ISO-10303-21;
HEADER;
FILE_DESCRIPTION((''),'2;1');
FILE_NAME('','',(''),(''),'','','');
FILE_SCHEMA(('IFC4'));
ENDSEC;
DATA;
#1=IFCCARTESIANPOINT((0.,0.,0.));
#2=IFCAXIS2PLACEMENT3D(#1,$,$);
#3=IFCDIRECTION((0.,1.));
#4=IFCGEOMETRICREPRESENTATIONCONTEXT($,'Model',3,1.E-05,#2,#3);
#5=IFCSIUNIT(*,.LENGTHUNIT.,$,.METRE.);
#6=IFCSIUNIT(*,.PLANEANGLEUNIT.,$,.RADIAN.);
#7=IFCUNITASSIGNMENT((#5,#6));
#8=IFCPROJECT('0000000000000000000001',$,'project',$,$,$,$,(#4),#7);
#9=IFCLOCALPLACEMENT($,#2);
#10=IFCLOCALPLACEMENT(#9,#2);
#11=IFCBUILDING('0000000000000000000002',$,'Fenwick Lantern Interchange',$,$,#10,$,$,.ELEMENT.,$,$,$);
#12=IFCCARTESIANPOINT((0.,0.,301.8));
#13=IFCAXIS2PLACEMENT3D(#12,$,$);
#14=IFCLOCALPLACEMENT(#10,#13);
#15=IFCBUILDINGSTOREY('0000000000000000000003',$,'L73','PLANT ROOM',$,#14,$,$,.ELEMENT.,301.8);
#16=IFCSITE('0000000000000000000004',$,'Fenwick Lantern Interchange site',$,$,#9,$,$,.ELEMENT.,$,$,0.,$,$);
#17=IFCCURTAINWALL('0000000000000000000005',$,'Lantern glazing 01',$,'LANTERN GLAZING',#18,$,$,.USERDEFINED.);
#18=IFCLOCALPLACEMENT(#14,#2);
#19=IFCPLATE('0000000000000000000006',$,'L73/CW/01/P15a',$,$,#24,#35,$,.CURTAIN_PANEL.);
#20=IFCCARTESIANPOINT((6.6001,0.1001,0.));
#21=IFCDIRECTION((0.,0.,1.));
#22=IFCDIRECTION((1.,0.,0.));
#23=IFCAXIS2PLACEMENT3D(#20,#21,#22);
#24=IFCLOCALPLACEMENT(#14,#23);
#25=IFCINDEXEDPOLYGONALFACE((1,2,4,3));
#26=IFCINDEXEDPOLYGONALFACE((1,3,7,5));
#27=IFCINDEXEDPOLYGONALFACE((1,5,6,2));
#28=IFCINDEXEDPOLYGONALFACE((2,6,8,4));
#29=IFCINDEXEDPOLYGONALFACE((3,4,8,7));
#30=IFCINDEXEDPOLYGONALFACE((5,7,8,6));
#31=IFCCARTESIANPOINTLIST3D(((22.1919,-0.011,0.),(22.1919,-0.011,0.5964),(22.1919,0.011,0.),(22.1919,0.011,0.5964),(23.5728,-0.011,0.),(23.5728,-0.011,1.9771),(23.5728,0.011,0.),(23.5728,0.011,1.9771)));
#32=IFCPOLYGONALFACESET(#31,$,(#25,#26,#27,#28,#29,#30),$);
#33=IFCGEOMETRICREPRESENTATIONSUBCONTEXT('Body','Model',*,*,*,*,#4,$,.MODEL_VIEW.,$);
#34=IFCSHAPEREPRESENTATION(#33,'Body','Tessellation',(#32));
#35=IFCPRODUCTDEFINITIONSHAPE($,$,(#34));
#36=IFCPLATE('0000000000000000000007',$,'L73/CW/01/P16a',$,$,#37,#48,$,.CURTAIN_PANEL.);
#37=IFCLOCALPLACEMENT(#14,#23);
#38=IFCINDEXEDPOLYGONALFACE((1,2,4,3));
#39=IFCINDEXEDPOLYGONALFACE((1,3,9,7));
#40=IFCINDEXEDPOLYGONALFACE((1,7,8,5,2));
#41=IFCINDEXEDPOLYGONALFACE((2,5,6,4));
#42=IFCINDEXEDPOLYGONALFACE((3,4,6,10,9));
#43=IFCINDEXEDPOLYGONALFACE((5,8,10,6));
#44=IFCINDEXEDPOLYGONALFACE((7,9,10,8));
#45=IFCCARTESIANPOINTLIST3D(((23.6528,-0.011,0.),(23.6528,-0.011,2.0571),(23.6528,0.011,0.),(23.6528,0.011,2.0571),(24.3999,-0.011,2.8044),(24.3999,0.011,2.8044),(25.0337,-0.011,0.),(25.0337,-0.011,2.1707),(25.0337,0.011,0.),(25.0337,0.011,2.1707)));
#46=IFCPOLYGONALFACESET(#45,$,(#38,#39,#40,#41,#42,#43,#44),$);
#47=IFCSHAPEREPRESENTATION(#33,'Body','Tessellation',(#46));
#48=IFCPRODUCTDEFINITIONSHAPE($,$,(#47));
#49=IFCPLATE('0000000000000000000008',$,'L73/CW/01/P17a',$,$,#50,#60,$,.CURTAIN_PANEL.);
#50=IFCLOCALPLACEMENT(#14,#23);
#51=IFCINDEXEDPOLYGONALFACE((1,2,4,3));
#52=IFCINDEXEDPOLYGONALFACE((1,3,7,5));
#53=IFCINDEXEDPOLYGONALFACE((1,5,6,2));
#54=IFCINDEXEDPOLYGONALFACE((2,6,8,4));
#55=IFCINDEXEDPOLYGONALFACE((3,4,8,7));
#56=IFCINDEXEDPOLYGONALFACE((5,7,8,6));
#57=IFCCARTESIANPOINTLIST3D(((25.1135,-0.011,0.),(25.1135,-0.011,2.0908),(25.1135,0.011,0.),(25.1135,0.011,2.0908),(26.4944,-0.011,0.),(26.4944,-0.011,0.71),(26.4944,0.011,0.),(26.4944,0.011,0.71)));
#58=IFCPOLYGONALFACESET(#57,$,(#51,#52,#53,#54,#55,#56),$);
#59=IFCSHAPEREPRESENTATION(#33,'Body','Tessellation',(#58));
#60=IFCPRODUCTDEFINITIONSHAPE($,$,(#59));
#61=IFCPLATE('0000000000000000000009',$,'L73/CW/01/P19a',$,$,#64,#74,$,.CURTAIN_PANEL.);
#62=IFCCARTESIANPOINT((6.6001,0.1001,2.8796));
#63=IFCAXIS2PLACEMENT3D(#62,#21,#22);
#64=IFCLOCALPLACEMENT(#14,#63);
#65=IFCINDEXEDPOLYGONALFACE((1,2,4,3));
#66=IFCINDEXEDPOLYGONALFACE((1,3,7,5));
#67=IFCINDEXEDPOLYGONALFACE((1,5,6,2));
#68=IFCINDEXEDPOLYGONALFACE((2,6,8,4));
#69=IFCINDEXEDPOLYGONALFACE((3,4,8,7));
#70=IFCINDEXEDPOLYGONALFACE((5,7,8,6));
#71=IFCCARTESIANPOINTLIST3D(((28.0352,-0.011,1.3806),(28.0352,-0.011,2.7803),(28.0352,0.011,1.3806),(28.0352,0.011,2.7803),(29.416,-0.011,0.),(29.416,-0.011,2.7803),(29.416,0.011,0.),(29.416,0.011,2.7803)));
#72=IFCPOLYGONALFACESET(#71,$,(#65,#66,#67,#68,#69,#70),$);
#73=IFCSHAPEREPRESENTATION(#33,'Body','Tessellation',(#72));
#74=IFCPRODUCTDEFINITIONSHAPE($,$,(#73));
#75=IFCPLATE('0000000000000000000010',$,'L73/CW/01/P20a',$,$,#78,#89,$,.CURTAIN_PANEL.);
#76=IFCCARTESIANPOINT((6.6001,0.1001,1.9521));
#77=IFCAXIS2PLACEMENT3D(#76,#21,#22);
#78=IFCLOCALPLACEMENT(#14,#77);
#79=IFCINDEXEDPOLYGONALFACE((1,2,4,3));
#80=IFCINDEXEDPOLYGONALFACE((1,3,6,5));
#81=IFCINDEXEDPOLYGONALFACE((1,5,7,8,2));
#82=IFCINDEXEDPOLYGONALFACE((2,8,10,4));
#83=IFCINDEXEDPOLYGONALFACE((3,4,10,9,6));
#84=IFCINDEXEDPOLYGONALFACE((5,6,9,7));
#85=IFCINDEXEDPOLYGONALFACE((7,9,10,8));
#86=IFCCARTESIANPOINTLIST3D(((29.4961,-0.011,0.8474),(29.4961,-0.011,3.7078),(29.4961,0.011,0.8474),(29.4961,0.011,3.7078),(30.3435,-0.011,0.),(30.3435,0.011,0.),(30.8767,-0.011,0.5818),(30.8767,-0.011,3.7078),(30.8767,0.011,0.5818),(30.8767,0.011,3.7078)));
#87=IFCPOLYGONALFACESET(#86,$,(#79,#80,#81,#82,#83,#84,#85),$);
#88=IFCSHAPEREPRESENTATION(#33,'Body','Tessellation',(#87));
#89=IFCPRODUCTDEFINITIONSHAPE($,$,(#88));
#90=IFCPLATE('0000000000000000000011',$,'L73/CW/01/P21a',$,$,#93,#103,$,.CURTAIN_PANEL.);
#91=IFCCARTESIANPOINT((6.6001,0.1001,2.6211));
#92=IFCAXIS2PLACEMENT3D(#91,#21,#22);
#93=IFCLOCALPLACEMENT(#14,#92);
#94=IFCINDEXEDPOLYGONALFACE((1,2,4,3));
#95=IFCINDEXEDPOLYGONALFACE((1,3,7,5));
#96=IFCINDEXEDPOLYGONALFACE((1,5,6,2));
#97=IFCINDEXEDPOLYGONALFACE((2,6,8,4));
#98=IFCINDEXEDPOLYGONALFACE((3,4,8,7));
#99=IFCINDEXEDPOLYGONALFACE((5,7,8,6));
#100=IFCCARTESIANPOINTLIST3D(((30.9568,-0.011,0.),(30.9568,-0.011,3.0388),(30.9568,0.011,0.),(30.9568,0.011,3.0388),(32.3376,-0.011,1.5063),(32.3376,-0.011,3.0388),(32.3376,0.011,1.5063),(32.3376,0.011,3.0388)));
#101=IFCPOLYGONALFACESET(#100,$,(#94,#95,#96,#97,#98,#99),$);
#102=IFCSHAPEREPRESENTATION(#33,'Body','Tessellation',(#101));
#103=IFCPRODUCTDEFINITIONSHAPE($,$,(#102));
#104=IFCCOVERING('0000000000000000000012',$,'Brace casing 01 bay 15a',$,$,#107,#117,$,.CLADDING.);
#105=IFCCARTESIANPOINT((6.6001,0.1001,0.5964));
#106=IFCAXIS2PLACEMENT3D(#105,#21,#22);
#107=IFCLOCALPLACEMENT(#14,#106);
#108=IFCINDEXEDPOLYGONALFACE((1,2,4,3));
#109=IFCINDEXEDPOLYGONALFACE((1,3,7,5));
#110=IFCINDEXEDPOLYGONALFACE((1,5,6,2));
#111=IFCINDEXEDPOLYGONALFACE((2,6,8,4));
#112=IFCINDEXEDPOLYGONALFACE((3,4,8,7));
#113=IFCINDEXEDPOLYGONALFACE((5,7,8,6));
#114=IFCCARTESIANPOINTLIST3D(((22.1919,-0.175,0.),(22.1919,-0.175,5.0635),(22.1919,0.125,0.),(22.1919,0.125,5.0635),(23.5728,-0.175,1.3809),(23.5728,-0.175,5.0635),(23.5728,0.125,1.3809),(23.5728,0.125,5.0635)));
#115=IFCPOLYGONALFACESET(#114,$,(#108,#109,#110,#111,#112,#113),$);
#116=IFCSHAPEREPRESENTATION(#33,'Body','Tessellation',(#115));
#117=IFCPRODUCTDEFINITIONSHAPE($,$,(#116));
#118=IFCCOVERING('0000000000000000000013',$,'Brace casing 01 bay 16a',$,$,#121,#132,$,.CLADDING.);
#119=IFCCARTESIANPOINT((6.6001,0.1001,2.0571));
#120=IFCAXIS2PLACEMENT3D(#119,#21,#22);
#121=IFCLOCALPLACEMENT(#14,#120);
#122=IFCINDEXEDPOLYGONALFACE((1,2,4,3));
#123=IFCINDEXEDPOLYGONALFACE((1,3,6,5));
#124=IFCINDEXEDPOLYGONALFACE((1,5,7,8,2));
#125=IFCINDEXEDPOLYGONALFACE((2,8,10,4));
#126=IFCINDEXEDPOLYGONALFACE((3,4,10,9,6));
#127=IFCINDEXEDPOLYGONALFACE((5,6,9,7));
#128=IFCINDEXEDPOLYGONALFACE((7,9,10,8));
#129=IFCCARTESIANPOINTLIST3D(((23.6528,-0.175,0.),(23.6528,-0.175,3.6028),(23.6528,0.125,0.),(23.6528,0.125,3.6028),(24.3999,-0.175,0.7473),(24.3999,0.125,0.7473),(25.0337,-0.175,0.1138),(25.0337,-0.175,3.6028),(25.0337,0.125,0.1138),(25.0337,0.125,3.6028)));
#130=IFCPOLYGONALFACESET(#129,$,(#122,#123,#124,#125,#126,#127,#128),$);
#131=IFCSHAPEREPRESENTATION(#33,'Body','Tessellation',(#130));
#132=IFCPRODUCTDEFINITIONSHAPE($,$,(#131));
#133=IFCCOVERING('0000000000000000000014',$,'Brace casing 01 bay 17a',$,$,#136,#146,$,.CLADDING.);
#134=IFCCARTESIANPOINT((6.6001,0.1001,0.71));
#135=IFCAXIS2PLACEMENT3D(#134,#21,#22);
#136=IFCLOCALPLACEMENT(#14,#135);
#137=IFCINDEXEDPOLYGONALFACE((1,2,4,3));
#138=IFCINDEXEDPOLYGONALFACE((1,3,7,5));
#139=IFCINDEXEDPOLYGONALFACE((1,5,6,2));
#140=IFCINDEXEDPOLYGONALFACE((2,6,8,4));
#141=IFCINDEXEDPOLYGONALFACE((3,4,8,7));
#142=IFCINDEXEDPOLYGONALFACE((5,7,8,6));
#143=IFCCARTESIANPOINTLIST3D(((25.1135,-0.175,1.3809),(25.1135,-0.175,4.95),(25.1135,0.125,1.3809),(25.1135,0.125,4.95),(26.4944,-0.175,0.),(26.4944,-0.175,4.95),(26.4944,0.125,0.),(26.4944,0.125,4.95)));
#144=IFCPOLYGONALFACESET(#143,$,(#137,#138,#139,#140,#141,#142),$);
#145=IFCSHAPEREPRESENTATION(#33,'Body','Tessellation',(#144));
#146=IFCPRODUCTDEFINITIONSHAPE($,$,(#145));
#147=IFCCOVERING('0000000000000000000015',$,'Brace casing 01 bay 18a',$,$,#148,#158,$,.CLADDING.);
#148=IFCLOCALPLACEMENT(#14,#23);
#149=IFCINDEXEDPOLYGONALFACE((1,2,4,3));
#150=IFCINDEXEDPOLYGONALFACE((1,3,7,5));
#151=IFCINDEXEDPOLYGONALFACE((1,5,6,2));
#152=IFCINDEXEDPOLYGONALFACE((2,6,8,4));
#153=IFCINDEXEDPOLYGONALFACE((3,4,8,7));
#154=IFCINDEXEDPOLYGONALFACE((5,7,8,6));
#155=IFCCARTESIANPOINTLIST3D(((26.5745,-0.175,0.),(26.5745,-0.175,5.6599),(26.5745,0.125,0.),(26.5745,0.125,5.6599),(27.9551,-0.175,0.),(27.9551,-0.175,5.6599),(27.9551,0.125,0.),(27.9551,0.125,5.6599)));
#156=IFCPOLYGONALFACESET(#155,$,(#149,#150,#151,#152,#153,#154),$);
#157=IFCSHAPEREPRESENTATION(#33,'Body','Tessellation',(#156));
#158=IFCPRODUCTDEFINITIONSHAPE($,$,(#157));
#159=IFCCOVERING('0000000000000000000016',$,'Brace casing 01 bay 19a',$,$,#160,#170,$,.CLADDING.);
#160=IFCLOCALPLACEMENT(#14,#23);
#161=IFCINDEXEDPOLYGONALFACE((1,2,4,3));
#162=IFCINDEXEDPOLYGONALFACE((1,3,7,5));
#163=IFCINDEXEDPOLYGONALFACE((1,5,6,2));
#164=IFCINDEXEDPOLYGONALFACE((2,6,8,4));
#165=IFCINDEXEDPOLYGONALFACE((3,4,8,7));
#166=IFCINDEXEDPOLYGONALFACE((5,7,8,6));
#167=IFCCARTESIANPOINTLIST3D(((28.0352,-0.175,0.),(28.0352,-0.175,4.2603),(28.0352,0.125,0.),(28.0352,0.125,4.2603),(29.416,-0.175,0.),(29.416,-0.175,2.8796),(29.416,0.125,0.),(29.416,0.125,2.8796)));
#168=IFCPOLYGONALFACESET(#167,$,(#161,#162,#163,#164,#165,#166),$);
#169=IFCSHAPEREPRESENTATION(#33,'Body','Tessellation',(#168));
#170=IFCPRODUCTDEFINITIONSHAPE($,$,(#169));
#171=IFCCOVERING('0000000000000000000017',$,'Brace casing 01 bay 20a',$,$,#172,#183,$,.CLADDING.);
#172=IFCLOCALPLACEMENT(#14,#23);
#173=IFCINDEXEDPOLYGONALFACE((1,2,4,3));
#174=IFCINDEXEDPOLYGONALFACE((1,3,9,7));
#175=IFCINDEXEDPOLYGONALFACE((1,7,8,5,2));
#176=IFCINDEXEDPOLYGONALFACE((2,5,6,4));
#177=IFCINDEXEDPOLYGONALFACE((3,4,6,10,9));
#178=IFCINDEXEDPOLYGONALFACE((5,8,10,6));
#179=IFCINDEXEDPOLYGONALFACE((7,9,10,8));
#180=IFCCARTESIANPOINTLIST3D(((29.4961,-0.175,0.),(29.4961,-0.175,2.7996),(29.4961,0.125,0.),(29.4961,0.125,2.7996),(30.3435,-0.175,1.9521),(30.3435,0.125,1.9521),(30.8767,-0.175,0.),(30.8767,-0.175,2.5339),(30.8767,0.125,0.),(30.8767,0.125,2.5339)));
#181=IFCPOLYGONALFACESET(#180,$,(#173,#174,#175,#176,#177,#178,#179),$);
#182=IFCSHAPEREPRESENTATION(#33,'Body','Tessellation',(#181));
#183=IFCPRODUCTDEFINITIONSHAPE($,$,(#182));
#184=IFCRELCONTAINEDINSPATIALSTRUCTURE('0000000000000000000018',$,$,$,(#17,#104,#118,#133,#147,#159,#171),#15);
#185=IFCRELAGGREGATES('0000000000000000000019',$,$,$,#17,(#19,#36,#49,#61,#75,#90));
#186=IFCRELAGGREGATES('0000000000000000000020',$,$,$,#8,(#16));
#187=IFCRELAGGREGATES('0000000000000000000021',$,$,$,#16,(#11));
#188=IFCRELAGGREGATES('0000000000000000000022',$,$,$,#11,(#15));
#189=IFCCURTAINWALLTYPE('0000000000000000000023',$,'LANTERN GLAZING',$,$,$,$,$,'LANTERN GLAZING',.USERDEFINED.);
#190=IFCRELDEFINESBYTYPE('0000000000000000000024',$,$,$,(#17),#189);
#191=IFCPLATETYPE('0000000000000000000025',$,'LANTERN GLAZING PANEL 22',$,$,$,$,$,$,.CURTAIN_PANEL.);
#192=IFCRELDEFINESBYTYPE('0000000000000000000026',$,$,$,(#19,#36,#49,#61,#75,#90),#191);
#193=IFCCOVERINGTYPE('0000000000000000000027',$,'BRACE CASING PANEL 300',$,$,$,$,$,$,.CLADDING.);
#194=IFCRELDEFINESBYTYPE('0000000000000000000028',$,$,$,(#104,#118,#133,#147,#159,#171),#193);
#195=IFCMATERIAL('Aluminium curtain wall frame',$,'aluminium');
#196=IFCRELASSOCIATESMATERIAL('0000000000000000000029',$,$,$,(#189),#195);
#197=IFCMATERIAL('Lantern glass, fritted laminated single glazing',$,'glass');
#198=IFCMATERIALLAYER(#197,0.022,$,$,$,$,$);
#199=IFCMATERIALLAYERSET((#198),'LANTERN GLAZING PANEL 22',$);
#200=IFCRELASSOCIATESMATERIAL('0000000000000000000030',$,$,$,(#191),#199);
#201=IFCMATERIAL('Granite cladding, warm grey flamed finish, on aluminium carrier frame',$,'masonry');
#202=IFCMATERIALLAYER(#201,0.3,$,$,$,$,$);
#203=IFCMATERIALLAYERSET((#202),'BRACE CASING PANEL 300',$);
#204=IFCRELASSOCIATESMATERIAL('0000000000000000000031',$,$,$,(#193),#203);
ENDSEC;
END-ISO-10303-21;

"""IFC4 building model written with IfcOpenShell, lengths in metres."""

from ifc_helpers import new_model, si_unit, direction, frame, origin, place, context, subcontext, project, spatial, polyline, outline, extrude, material, layer, layer_set, type_object, element, aggregate, save


model = new_model("IFC4")

# Units and contexts
model_context = context("Model", 3, precision=1e-05, world=origin(), true_north=direction((0.0, 1.0)))
body_context = subcontext(model_context, "Body", "Model", "MODEL_VIEW")
ifc_project = project(units=[si_unit("LENGTHUNIT", "METRE"), si_unit("PLANEANGLEUNIT", "RADIAN")], contexts=[model_context])

# Site, building, storey
site_placement = place(None, origin())
site = spatial("IfcSite", under=ifc_project, at=site_placement, Name="Fenwick Lantern Interchange site", CompositionType="ELEMENT", RefElevation=0.0)
building_placement = place(site_placement, origin())
building = spatial("IfcBuilding", under=site, at=building_placement, Name="Fenwick Lantern Interchange", CompositionType="ELEMENT")
storey_placement = place(building_placement, frame((0.0, 0.0, 301.8)))
storey = spatial("IfcBuildingStorey", under=building, at=storey_placement, Name="L73", Description="PLANT ROOM", CompositionType="ELEMENT", Elevation=301.8)

# Curtain wall
ifc_material_1 = material(Name="Aluminium curtain wall frame", Category="aluminium")
curtain_wall_type = type_object("IfcCurtainWallType", Name="LANTERN GLAZING", ElementType="LANTERN GLAZING", PredefinedType="USERDEFINED", material=ifc_material_1)
curtain_wall_1_placement = place(storey_placement, origin())
curtain_wall_1 = element("IfcCurtainWall", 1, at=curtain_wall_1_placement, inside=storey, type_object=curtain_wall_type, Name="Lantern glazing 01", ObjectType="LANTERN GLAZING", PredefinedType="USERDEFINED")

# Plates
ifc_material_2 = material(Name="Lantern glass, fritted laminated single glazing", Category="glass")
ifc_layer_1 = layer(ifc_material_2, 0.022)
ifc_layer_set_1 = layer_set([ifc_layer_1], Name="LANTERN GLAZING PANEL 22")
plate_type = type_object("IfcPlateType", Name="LANTERN GLAZING PANEL 22", PredefinedType="CURTAIN_PANEL", material=ifc_layer_set_1)
plate_1_placement = place(storey_placement, frame((6.6001, 0.1001, 0.0), z_axis=(0.0, 0.0, 1.0), x_axis=(1.0, 0.0, 0.0)))
plate_1 = element("IfcPlate", 2, at=plate_1_placement, type_object=plate_type, Name="L73/CW/01/P15a", PredefinedType="CURTAIN_PANEL", context=body_context, shape_type="SweptSolid", body=[
    extrude(outline(polyline([(22.1919, 0.0), (23.5728, 0.0), (23.5728, 1.9771), (22.1919, 0.5964), (22.1919, 0.0)])), frame((0.0, 0.011, 0.0), z_axis=(0.0, -1.0, 0.0), x_axis=(1.0, 0.0, 0.0)), (0.0, 0.0, 1.0), 0.022),
])
plate_2_placement = place(storey_placement, frame((6.6001, 0.1001, 0.0), z_axis=(0.0, 0.0, 1.0), x_axis=(1.0, 0.0, 0.0)))
plate_2 = element("IfcPlate", 3, at=plate_2_placement, type_object=plate_type, Name="L73/CW/01/P16a", PredefinedType="CURTAIN_PANEL", context=body_context, shape_type="SweptSolid", body=[
    extrude(outline(polyline([(23.6528, 0.0), (25.0337, 0.0), (25.0337, 2.1707), (24.3999, 2.8044), (23.6528, 2.0571), (23.6528, 0.0)])), frame((0.0, 0.011, 0.0), z_axis=(0.0, -1.0, 0.0), x_axis=(1.0, 0.0, 0.0)), (0.0, 0.0, 1.0), 0.022),
])
plate_3_placement = place(storey_placement, frame((6.6001, 0.1001, 0.0), z_axis=(0.0, 0.0, 1.0), x_axis=(1.0, 0.0, 0.0)))
plate_3 = element("IfcPlate", 4, at=plate_3_placement, type_object=plate_type, Name="L73/CW/01/P17a", PredefinedType="CURTAIN_PANEL", context=body_context, shape_type="SweptSolid", body=[
    extrude(outline(polyline([(25.1135, 0.0), (26.4944, 0.0), (26.4944, 0.71), (25.1135, 2.0908), (25.1135, 0.0)])), frame((0.0, 0.011, 0.0), z_axis=(0.0, -1.0, 0.0), x_axis=(1.0, 0.0, 0.0)), (0.0, 0.0, 1.0), 0.022),
])
plate_4_placement = place(storey_placement, frame((6.6001, 0.1001, 2.8796), z_axis=(0.0, 0.0, 1.0), x_axis=(1.0, 0.0, 0.0)))
plate_4 = element("IfcPlate", 5, at=plate_4_placement, type_object=plate_type, Name="L73/CW/01/P19a", PredefinedType="CURTAIN_PANEL", context=body_context, shape_type="SweptSolid", body=[
    extrude(outline(polyline([(29.416, 0.0), (29.416, 2.7803), (28.0352, 2.7803), (28.0352, 1.3806), (29.416, 0.0)])), frame((0.0, 0.011, 0.0), z_axis=(0.0, -1.0, 0.0), x_axis=(1.0, 0.0, 0.0)), (0.0, 0.0, 1.0), 0.022),
])
plate_5_placement = place(storey_placement, frame((6.6001, 0.1001, 1.9521), z_axis=(0.0, 0.0, 1.0), x_axis=(1.0, 0.0, 0.0)))
plate_5 = element("IfcPlate", 6, at=plate_5_placement, type_object=plate_type, Name="L73/CW/01/P20a", PredefinedType="CURTAIN_PANEL", context=body_context, shape_type="SweptSolid", body=[
    extrude(outline(polyline([(30.3435, 0.0), (30.8767, 0.5818), (30.8767, 3.7078), (29.4961, 3.7078), (29.4961, 0.8474), (30.3435, 0.0)])), frame((0.0, 0.011, 0.0), z_axis=(0.0, -1.0, 0.0), x_axis=(1.0, 0.0, 0.0)), (0.0, 0.0, 1.0), 0.022),
])
plate_6_placement = place(storey_placement, frame((6.6001, 0.1001, 2.6211), z_axis=(0.0, 0.0, 1.0), x_axis=(1.0, 0.0, 0.0)))
plate_6 = element("IfcPlate", 7, at=plate_6_placement, type_object=plate_type, Name="L73/CW/01/P21a", PredefinedType="CURTAIN_PANEL", context=body_context, shape_type="SweptSolid", body=[
    extrude(outline(polyline([(30.9568, 0.0), (32.3376, 1.5063), (32.3376, 3.0388), (30.9568, 3.0388), (30.9568, 0.0)])), frame((0.0, 0.011, 0.0), z_axis=(0.0, -1.0, 0.0), x_axis=(1.0, 0.0, 0.0)), (0.0, 0.0, 1.0), 0.022),
])
aggregate(curtain_wall_1, [plate_1, plate_2, plate_3, plate_4, plate_5, plate_6])

# Coverings
ifc_material_3 = material(Name="Granite cladding, warm grey flamed finish, on aluminium carrier frame", Category="masonry")
ifc_layer_2 = layer(ifc_material_3, 0.3)
ifc_layer_set_2 = layer_set([ifc_layer_2], Name="BRACE CASING PANEL 300")
covering_type = type_object("IfcCoveringType", Name="BRACE CASING PANEL 300", PredefinedType="CLADDING", material=ifc_layer_set_2)
covering_1_placement = place(storey_placement, frame((6.6001, 0.1001, 0.5964), z_axis=(0.0, 0.0, 1.0), x_axis=(1.0, 0.0, 0.0)))
element("IfcCovering", 8, at=covering_1_placement, inside=storey, type_object=covering_type, Name="Brace casing 01 bay 15a", PredefinedType="CLADDING", context=body_context, shape_type="SweptSolid", body=[
    extrude(outline(polyline([(22.1919, 0.0), (23.5728, 1.3809), (23.5728, 5.0635), (22.1919, 5.0635), (22.1919, 0.0)])), frame((0.0, 0.125, 0.0), z_axis=(0.0, -1.0, 0.0), x_axis=(1.0, 0.0, 0.0)), (0.0, 0.0, 1.0), 0.3),
])
covering_2_placement = place(storey_placement, frame((6.6001, 0.1001, 2.0571), z_axis=(0.0, 0.0, 1.0), x_axis=(1.0, 0.0, 0.0)))
element("IfcCovering", 9, at=covering_2_placement, inside=storey, type_object=covering_type, Name="Brace casing 01 bay 16a", PredefinedType="CLADDING", context=body_context, shape_type="SweptSolid", body=[
    extrude(outline(polyline([(23.6528, 0.0), (24.3999, 0.7473), (25.0337, 0.1138), (25.0337, 3.6028), (23.6528, 3.6028), (23.6528, 0.0)])), frame((0.0, 0.125, 0.0), z_axis=(0.0, -1.0, 0.0), x_axis=(1.0, 0.0, 0.0)), (0.0, 0.0, 1.0), 0.3),
])
covering_3_placement = place(storey_placement, frame((6.6001, 0.1001, 0.71), z_axis=(0.0, 0.0, 1.0), x_axis=(1.0, 0.0, 0.0)))
element("IfcCovering", 10, at=covering_3_placement, inside=storey, type_object=covering_type, Name="Brace casing 01 bay 17a", PredefinedType="CLADDING", context=body_context, shape_type="SweptSolid", body=[
    extrude(outline(polyline([(26.4944, 0.0), (26.4944, 4.95), (25.1135, 4.95), (25.1135, 1.3809), (26.4944, 0.0)])), frame((0.0, 0.125, 0.0), z_axis=(0.0, -1.0, 0.0), x_axis=(1.0, 0.0, 0.0)), (0.0, 0.0, 1.0), 0.3),
])
covering_4_placement = place(storey_placement, frame((6.6001, 0.1001, 0.0), z_axis=(0.0, 0.0, 1.0), x_axis=(1.0, 0.0, 0.0)))
element("IfcCovering", 11, at=covering_4_placement, inside=storey, type_object=covering_type, Name="Brace casing 01 bay 18a", PredefinedType="CLADDING", context=body_context, shape_type="SweptSolid", body=[
    extrude(outline(polyline([(26.5745, 0.0), (27.9551, 0.0), (27.9551, 5.6599), (26.5745, 5.6599), (26.5745, 0.0)])), frame((0.0, 0.125, 0.0), z_axis=(0.0, -1.0, 0.0), x_axis=(1.0, 0.0, 0.0)), (0.0, 0.0, 1.0), 0.3),
])
covering_5_placement = place(storey_placement, frame((6.6001, 0.1001, 0.0), z_axis=(0.0, 0.0, 1.0), x_axis=(1.0, 0.0, 0.0)))
element("IfcCovering", 12, at=covering_5_placement, inside=storey, type_object=covering_type, Name="Brace casing 01 bay 19a", PredefinedType="CLADDING", context=body_context, shape_type="SweptSolid", body=[
    extrude(outline(polyline([(28.0352, 0.0), (29.416, 0.0), (29.416, 2.8796), (28.0352, 4.2603), (28.0352, 0.0)])), frame((0.0, 0.125, 0.0), z_axis=(0.0, -1.0, 0.0), x_axis=(1.0, 0.0, 0.0)), (0.0, 0.0, 1.0), 0.3),
])
covering_6_placement = place(storey_placement, frame((6.6001, 0.1001, 0.0), z_axis=(0.0, 0.0, 1.0), x_axis=(1.0, 0.0, 0.0)))
element("IfcCovering", 13, at=covering_6_placement, inside=storey, type_object=covering_type, Name="Brace casing 01 bay 20a", PredefinedType="CLADDING", context=body_context, shape_type="SweptSolid", body=[
    extrude(outline(polyline([(29.4961, 0.0), (30.8767, 0.0), (30.8767, 2.5339), (30.3435, 1.9521), (29.4961, 2.7996), (29.4961, 0.0)])), frame((0.0, 0.125, 0.0), z_axis=(0.0, -1.0, 0.0), x_axis=(1.0, 0.0, 0.0)), (0.0, 0.0, 1.0), 0.3),
])

save(model, "model.ifc")
